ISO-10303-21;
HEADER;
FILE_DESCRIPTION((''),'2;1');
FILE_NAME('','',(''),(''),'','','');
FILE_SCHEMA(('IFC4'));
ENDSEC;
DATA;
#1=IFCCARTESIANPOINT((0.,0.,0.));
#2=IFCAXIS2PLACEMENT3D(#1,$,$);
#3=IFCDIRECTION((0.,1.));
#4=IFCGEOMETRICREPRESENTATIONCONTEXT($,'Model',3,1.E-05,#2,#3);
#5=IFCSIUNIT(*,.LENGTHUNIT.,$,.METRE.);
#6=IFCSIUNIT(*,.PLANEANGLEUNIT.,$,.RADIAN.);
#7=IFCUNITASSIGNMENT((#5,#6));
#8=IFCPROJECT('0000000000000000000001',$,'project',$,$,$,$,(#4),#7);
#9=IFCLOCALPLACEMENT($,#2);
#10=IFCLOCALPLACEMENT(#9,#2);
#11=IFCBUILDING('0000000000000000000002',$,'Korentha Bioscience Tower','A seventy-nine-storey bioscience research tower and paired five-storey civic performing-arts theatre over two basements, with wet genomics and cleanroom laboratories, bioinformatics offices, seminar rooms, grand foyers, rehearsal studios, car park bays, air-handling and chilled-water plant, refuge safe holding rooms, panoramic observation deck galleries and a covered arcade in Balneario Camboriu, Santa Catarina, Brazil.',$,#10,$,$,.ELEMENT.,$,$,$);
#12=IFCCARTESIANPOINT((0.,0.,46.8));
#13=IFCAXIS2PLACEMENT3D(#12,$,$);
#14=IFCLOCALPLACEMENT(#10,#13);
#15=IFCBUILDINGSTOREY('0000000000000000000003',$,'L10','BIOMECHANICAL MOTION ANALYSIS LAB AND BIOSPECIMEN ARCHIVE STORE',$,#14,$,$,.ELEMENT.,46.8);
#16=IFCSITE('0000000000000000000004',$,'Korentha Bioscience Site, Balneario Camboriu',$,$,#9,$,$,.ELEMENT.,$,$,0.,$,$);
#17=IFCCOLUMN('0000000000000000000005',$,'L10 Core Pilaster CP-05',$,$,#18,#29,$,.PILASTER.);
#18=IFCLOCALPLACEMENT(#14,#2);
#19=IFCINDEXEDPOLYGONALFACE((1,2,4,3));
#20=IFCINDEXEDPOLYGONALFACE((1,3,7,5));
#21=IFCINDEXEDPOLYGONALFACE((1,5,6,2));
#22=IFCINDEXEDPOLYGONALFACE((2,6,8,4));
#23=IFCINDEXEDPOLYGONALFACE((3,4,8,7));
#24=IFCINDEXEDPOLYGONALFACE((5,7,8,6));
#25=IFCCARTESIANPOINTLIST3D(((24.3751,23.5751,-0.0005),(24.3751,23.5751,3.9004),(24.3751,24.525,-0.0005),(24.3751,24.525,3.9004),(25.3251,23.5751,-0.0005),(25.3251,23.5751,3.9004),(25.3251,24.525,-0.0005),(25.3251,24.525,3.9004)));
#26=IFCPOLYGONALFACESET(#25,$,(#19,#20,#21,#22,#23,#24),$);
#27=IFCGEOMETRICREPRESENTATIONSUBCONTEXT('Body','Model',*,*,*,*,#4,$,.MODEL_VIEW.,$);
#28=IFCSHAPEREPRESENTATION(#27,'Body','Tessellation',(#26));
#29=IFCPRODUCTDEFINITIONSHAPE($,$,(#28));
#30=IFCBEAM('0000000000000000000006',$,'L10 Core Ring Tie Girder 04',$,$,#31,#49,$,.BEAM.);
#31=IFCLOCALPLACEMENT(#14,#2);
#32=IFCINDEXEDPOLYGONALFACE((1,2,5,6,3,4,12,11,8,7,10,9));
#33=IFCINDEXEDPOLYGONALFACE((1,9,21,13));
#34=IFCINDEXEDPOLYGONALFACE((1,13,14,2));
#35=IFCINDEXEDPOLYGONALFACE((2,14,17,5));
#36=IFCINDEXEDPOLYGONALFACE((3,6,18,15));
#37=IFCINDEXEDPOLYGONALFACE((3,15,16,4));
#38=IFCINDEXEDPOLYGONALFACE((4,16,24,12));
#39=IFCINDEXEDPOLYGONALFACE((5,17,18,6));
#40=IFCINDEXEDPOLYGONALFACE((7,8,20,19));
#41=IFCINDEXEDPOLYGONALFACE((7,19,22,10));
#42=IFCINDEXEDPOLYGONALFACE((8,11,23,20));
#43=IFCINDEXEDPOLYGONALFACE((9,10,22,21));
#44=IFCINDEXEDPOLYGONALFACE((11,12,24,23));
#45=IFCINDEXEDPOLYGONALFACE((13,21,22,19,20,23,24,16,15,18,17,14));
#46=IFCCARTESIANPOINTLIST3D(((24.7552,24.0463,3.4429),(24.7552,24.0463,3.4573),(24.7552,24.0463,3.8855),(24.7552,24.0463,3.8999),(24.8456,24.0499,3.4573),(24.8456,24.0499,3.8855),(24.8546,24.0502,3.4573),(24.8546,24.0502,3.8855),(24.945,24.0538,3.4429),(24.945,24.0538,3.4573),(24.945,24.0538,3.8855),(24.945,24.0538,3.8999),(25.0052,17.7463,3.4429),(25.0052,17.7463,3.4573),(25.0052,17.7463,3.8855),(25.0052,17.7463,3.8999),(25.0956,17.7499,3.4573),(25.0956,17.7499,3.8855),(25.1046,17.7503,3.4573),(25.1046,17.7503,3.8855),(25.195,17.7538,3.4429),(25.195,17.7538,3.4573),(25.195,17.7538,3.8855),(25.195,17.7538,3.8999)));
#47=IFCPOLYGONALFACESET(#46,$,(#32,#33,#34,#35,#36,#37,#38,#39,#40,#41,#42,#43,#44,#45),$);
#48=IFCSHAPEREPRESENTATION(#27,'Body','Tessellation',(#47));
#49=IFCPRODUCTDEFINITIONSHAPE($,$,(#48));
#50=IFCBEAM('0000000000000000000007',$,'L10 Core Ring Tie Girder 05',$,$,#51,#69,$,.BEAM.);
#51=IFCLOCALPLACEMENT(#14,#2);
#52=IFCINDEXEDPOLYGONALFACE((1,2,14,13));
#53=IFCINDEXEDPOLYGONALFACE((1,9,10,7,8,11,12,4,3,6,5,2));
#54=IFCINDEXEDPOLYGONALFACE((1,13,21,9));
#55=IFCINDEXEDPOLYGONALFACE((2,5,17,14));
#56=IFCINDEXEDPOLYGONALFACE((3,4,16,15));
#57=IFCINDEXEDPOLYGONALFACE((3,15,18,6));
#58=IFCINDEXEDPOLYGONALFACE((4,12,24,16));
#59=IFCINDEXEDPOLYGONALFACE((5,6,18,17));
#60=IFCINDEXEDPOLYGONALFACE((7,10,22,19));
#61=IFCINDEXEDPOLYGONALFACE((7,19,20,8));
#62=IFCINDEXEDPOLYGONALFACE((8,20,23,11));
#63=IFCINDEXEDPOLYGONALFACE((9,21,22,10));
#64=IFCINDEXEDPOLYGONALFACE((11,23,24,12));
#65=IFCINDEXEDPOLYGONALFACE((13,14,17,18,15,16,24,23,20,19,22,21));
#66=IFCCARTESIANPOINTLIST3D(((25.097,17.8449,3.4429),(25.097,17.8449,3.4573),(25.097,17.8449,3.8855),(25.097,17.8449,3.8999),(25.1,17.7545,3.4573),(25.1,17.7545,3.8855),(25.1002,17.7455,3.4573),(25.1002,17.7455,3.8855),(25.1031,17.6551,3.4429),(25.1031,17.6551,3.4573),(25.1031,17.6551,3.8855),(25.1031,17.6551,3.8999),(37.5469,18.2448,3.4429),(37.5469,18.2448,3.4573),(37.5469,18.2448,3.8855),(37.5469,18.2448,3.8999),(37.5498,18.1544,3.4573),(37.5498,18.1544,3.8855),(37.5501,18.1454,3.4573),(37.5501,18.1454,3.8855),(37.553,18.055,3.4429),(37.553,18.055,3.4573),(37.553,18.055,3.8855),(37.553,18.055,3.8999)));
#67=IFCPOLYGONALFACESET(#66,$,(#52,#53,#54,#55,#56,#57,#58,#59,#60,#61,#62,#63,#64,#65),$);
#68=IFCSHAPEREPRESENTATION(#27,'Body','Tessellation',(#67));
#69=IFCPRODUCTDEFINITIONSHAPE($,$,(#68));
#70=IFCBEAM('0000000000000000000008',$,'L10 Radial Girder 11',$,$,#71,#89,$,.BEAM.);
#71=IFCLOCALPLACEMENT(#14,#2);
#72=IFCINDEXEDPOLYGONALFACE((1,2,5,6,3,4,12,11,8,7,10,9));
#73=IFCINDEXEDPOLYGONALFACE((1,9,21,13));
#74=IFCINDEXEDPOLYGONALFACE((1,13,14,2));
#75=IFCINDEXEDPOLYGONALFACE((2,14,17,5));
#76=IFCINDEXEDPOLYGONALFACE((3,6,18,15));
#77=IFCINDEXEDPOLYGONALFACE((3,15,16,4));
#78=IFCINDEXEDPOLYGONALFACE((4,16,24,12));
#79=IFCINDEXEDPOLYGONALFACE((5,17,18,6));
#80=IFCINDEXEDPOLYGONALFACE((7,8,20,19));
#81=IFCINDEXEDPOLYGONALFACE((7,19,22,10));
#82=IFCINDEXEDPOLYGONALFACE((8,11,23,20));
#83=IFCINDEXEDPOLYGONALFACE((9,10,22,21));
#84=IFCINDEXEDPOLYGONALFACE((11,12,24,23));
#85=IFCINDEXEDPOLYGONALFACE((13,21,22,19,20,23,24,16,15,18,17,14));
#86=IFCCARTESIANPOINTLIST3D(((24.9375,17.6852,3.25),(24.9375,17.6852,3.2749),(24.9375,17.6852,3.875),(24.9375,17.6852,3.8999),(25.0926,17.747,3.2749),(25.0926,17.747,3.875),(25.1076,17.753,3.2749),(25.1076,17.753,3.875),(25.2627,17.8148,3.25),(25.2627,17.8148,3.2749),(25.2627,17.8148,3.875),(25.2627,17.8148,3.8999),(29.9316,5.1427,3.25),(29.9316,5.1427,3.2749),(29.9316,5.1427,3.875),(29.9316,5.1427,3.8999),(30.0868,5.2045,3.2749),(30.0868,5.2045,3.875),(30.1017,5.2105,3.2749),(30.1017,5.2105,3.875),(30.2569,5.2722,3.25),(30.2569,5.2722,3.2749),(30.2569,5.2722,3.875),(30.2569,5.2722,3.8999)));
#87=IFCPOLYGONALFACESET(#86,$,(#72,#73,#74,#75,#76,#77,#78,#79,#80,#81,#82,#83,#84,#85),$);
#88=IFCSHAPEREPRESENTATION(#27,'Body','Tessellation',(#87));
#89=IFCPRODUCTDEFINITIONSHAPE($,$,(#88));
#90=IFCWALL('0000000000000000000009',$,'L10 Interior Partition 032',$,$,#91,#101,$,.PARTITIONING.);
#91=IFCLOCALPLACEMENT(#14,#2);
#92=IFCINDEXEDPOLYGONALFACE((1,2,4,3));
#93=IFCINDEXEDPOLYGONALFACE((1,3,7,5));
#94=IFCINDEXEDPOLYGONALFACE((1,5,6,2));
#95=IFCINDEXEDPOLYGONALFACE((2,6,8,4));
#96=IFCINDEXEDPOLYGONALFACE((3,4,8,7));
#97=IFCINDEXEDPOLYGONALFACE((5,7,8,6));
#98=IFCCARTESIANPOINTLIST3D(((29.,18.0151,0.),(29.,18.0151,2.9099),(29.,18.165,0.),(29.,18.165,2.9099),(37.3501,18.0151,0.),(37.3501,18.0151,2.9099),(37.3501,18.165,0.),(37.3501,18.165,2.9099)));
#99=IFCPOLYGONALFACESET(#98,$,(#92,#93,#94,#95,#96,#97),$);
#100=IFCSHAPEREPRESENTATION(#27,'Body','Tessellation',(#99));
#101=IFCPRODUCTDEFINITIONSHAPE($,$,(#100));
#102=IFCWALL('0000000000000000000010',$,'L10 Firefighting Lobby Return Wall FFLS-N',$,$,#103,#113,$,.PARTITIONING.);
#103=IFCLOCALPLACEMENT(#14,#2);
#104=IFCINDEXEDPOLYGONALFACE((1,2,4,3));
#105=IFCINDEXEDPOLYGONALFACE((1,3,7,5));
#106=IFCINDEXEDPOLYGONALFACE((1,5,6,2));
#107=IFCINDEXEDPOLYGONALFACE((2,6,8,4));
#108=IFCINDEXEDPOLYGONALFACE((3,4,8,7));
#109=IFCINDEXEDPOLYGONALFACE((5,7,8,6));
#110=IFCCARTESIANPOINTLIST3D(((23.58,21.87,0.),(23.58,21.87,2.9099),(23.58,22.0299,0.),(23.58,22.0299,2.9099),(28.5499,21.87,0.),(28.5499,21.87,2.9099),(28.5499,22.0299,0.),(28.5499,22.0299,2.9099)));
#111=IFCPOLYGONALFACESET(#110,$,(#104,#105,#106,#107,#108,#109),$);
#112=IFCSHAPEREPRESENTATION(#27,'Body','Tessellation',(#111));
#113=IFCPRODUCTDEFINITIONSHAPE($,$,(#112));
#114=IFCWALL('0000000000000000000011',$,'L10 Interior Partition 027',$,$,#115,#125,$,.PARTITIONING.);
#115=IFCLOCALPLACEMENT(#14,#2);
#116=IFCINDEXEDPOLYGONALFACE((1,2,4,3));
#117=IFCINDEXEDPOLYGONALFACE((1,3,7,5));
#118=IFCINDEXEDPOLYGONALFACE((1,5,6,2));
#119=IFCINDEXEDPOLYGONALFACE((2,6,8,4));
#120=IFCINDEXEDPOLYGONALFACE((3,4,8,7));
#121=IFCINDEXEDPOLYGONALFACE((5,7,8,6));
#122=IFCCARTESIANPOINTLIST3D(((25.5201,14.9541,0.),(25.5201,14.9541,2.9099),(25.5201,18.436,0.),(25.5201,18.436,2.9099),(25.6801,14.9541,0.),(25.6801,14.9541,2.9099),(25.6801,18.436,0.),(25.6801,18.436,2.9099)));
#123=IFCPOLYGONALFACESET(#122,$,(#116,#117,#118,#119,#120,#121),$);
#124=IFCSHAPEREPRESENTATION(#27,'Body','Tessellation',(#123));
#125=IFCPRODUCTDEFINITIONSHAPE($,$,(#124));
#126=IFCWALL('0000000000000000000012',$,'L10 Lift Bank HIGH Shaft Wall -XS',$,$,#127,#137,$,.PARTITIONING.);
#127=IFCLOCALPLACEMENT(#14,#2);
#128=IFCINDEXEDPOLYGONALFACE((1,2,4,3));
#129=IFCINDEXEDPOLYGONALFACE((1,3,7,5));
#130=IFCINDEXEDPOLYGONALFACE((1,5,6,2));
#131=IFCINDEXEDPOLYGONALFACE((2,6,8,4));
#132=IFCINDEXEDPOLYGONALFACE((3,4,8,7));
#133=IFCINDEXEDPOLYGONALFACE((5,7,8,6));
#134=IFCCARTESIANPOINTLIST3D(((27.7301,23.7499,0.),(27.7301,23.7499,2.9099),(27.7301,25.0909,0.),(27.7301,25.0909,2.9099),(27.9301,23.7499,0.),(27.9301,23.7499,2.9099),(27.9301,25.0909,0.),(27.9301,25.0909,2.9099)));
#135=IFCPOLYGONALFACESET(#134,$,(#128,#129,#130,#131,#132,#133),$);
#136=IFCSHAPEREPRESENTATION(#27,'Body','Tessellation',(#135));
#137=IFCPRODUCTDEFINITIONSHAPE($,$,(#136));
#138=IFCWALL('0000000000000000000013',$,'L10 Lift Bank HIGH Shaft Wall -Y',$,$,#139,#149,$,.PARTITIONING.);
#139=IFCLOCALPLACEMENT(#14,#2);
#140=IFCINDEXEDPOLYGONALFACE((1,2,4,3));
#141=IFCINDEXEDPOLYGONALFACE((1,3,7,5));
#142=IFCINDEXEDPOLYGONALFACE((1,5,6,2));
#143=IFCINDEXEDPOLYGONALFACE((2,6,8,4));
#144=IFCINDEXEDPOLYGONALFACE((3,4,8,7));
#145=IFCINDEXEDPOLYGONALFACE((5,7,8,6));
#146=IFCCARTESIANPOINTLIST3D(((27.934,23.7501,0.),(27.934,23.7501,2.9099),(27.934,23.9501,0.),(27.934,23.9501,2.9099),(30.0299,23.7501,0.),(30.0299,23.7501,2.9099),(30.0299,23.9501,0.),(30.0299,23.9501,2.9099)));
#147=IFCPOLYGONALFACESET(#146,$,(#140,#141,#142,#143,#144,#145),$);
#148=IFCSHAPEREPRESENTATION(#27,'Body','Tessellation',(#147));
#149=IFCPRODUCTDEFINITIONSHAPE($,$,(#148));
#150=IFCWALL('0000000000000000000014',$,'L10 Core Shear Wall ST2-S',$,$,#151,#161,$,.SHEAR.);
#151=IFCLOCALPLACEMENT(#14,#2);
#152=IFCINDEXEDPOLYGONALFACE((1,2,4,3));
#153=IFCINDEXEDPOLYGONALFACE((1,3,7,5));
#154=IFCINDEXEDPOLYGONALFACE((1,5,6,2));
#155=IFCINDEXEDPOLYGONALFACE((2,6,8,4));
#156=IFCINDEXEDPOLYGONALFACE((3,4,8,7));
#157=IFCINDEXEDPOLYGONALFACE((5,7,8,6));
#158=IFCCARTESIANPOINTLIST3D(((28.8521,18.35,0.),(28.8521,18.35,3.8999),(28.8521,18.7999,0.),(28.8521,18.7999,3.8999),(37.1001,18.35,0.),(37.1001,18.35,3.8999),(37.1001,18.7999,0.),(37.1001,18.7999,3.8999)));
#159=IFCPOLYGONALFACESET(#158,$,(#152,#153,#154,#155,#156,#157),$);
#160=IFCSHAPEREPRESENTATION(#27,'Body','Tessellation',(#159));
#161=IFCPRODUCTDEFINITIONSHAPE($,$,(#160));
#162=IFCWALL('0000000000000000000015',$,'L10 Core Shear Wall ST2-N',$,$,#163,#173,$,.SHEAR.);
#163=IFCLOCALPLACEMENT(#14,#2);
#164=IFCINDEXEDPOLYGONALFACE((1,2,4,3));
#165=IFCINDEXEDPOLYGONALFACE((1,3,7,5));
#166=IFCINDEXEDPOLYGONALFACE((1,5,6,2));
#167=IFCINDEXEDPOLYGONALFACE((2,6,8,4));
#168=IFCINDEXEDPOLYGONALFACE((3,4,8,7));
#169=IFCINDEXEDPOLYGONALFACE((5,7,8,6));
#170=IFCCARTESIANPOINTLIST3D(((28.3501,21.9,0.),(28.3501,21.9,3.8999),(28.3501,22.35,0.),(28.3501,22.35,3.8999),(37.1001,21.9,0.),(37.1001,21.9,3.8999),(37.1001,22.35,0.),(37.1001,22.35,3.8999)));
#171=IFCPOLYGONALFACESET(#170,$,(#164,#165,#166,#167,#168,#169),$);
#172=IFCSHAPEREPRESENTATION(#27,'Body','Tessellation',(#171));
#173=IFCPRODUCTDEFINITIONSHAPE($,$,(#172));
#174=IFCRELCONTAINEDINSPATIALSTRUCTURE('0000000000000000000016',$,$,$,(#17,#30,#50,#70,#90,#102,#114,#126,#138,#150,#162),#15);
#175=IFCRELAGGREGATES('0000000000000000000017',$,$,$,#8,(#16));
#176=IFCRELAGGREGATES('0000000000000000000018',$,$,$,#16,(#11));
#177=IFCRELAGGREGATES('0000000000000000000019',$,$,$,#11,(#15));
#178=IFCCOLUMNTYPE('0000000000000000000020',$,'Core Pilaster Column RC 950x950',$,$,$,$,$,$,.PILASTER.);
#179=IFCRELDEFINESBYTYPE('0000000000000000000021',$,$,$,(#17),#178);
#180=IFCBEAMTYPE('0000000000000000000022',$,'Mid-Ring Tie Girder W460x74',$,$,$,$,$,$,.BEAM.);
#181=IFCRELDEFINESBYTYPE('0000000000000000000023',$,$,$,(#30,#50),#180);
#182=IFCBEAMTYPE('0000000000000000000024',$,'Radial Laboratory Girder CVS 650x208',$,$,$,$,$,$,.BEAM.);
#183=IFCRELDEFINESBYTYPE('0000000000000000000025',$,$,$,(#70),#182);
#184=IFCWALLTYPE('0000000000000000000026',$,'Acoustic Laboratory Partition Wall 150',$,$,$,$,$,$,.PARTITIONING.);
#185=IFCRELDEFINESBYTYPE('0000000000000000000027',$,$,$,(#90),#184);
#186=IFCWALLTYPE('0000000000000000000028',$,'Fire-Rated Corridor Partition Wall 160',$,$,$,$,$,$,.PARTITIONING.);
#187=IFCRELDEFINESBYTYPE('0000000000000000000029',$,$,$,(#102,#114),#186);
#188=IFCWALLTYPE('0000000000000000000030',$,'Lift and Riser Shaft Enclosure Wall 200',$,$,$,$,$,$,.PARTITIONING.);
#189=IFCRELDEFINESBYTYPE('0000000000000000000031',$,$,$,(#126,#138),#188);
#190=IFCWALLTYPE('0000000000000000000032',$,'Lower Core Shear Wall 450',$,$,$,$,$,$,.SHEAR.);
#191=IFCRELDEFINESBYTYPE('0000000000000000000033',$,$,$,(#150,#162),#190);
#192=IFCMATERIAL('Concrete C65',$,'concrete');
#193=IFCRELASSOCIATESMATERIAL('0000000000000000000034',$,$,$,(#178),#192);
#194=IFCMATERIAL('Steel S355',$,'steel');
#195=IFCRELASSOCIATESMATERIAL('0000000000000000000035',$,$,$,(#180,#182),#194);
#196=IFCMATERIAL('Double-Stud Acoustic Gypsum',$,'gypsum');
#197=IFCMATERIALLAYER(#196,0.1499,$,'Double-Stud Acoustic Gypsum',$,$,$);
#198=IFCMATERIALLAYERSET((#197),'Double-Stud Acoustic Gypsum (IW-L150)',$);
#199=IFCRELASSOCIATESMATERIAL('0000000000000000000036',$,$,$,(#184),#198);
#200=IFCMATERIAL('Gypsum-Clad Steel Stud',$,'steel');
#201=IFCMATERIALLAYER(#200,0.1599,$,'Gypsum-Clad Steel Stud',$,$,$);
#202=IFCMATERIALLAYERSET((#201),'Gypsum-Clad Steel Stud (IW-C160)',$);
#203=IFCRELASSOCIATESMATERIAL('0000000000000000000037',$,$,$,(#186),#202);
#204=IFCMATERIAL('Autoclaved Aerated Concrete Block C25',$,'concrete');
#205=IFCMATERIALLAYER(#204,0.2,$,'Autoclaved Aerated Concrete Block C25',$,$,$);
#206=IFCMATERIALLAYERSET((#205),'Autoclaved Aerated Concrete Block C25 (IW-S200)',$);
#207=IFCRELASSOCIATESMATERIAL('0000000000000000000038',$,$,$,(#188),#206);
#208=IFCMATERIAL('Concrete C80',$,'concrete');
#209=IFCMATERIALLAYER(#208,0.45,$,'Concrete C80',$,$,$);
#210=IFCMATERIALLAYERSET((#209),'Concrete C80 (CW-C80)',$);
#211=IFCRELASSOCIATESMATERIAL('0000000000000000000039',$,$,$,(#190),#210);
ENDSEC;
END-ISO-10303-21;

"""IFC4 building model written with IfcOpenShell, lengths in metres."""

from ifc_helpers import new_model, si_unit, direction, frame, frame_2d, origin, origin_2d, place, context, subcontext, project, spatial, rectangle, i_section, extrude, material, layer, layer_set, material_profile, profile_set, type_object, element, save


model = new_model("IFC4")

# Units and contexts
model_context = context("Model", 3, precision=1e-05, world=origin(), true_north=direction((0.0, 1.0)))
body_context = subcontext(model_context, "Body", "Model", "MODEL_VIEW")
ifc_project = project(units=[si_unit("LENGTHUNIT", "METRE"), si_unit("PLANEANGLEUNIT", "RADIAN")], contexts=[model_context])

# Site, building, storey
site_placement = place(None, origin())
site = spatial("IfcSite", under=ifc_project, at=site_placement, Name="Korentha Bioscience Site, Balneario Camboriu", CompositionType="ELEMENT", RefElevation=0.0)
building_placement = place(site_placement, origin())
building = spatial("IfcBuilding", under=site, at=building_placement, Name="Korentha Bioscience Tower", Description="A seventy-nine-storey bioscience research tower and paired five-storey civic performing-arts theatre over two basements, with wet genomics and cleanroom laboratories, bioinformatics offices, seminar rooms, grand foyers, rehearsal studios, car park bays, air-handling and chilled-water plant, refuge safe holding rooms, panoramic observation deck galleries and a covered arcade in Balneario Camboriu, Santa Catarina, Brazil.", CompositionType="ELEMENT")
storey_placement = place(building_placement, frame((0.0, 0.0, 46.8)))
storey = spatial("IfcBuildingStorey", under=building, at=storey_placement, Name="L10", Description="BIOMECHANICAL MOTION ANALYSIS LAB AND BIOSPECIMEN ARCHIVE STORE", CompositionType="ELEMENT", Elevation=46.8)

# Column
ifc_material_1 = material(Name="Concrete C65", Category="concrete")
ifc_material_profile_1 = material_profile(ifc_material_1, rectangle(XDim=0.95, YDim=0.95, at=origin_2d()), Name="Concrete C65")
ifc_profile_set_1 = profile_set([ifc_material_profile_1], Name="Concrete C65 (COL-CP09)")
column_type = type_object("IfcColumnType", Name="Core Pilaster Column RC 950x950", PredefinedType="PILASTER", material=ifc_profile_set_1)
column_placement = place(storey_placement, frame((24.8501, 24.05, -0.0005), z_axis=(0.0, 0.0, 1.0), x_axis=(1.0, 0.0, 0.0)))
element("IfcColumn", 1, at=column_placement, inside=storey, type_object=column_type, Name="L10 Core Pilaster CP-05", PredefinedType="PILASTER", context=body_context, shape_type="SweptSolid", body=[
    extrude(rectangle(XDim=0.95, YDim=0.95, at=origin_2d()), origin(), (0.0, 0.0, 1.0), 3.9009),
])

# Beams
ifc_material_2 = material(Name="Steel S355", Category="steel")
ifc_material_profile_2 = material_profile(ifc_material_2, i_section(OverallWidth=0.1899, OverallDepth=0.457, WebThickness=0.009, FlangeThickness=0.0144, at=origin_2d()), Name="Steel S355")
ifc_profile_set_2 = profile_set([ifc_material_profile_2], Name="Steel S355 (MB-460)")
beam_type_1 = type_object("IfcBeamType", Name="Mid-Ring Tie Girder W460x74", PredefinedType="BEAM", material=ifc_profile_set_2)
beam_1_placement = place(storey_placement, frame((24.8501, 24.05, 3.6714), z_axis=(0.039651, -0.999214, 0.0), x_axis=(0.999214, 0.039651, 0.0)))
element("IfcBeam", 2, at=beam_1_placement, inside=storey, type_object=beam_type_1, Name="L10 Core Ring Tie Girder 04", PredefinedType="BEAM", context=body_context, shape_type="SweptSolid", body=[
    extrude(i_section(OverallWidth=0.1899, OverallDepth=0.457, WebThickness=0.009, FlangeThickness=0.0144, at=origin_2d()), origin(), (0.0, 0.0, 1.0), 6.3049),
])
beam_2_placement = place(storey_placement, frame((25.1001, 17.75, 3.6714), z_axis=(0.999485, 0.032104, 0.0), x_axis=(-0.032104, 0.999485, 0.0)))
element("IfcBeam", 3, at=beam_2_placement, inside=storey, type_object=beam_type_1, Name="L10 Core Ring Tie Girder 05", PredefinedType="BEAM", context=body_context, shape_type="SweptSolid", body=[
    extrude(i_section(OverallWidth=0.1899, OverallDepth=0.457, WebThickness=0.009, FlangeThickness=0.0144, at=origin_2d()), origin(), (0.0, 0.0, 1.0), 12.4563),
])
ifc_material_profile_3 = material_profile(ifc_material_2, i_section(OverallWidth=0.3501, OverallDepth=0.6499, WebThickness=0.0161, FlangeThickness=0.0249, at=origin_2d()), Name="Steel S355")
ifc_profile_set_3 = profile_set([ifc_material_profile_3], Name="Steel S355 (RB-650)")
beam_type_2 = type_object("IfcBeamType", Name="Radial Laboratory Girder CVS 650x208", PredefinedType="BEAM", material=ifc_profile_set_3)
beam_3_placement = place(storey_placement, frame((25.1001, 17.75, 3.575), z_axis=(0.369931, -0.929059, 0.0), x_axis=(0.929059, 0.369931, 0.0)))
element("IfcBeam", 4, at=beam_3_placement, inside=storey, type_object=beam_type_2, Name="L10 Radial Girder 11", PredefinedType="BEAM", context=body_context, shape_type="SweptSolid", body=[
    extrude(i_section(OverallWidth=0.3501, OverallDepth=0.6499, WebThickness=0.0161, FlangeThickness=0.0249, at=origin_2d()), origin(), (0.0, 0.0, 1.0), 13.5002),
])

# Walls
ifc_material_3 = material(Name="Double-Stud Acoustic Gypsum", Category="gypsum")
ifc_layer_1 = layer(ifc_material_3, 0.1499, Name="Double-Stud Acoustic Gypsum")
ifc_layer_set_1 = layer_set([ifc_layer_1], Name="Double-Stud Acoustic Gypsum (IW-L150)")
wall_type_1 = type_object("IfcWallType", Name="Acoustic Laboratory Partition Wall 150", PredefinedType="PARTITIONING", material=ifc_layer_set_1)
wall_1_placement = place(storey_placement, frame((29.0, 18.0901, 0.0), z_axis=(0.0, 0.0, 1.0), x_axis=(1.0, 0.0, 0.0)))
element("IfcWall", 5, at=wall_1_placement, inside=storey, type_object=wall_type_1, Name="L10 Interior Partition 032", PredefinedType="PARTITIONING", context=body_context, shape_type="SweptSolid", body=[
    extrude(rectangle(XDim=8.3501, YDim=0.1499, at=frame_2d((4.175, 0.0))), origin(), (0.0, 0.0, 1.0), 2.9099),
])
ifc_material_4 = material(Name="Gypsum-Clad Steel Stud", Category="steel")
ifc_layer_2 = layer(ifc_material_4, 0.1599, Name="Gypsum-Clad Steel Stud")
ifc_layer_set_2 = layer_set([ifc_layer_2], Name="Gypsum-Clad Steel Stud (IW-C160)")
wall_type_2 = type_object("IfcWallType", Name="Fire-Rated Corridor Partition Wall 160", PredefinedType="PARTITIONING", material=ifc_layer_set_2)
wall_2_placement = place(storey_placement, frame((23.5801, 21.95, 0.0), z_axis=(0.0, 0.0, 1.0), x_axis=(1.0, 0.0, 0.0)))
element("IfcWall", 6, at=wall_2_placement, inside=storey, type_object=wall_type_2, Name="L10 Firefighting Lobby Return Wall FFLS-N", PredefinedType="PARTITIONING", context=body_context, shape_type="SweptSolid", body=[
    extrude(rectangle(XDim=4.97, YDim=0.1599, at=frame_2d((2.4849, 0.0))), origin(), (0.0, 0.0, 1.0), 2.9099),
])
wall_3_placement = place(storey_placement, frame((25.6001, 18.436, 0.0), z_axis=(0.0, 0.0, 1.0), x_axis=(0.0, -1.0, 0.0)))
element("IfcWall", 7, at=wall_3_placement, inside=storey, type_object=wall_type_2, Name="L10 Interior Partition 027", PredefinedType="PARTITIONING", context=body_context, shape_type="SweptSolid", body=[
    extrude(rectangle(XDim=3.4819, YDim=0.1599, at=frame_2d((1.741, 0.0))), origin(), (0.0, 0.0, 1.0), 2.9099),
])
ifc_material_5 = material(Name="Autoclaved Aerated Concrete Block C25", Category="concrete")
ifc_layer_3 = layer(ifc_material_5, 0.2, Name="Autoclaved Aerated Concrete Block C25")
ifc_layer_set_3 = layer_set([ifc_layer_3], Name="Autoclaved Aerated Concrete Block C25 (IW-S200)")
wall_type_3 = type_object("IfcWallType", Name="Lift and Riser Shaft Enclosure Wall 200", PredefinedType="PARTITIONING", material=ifc_layer_set_3)
wall_4_placement = place(storey_placement, frame((27.8301, 23.75, 0.0), z_axis=(0.0, 0.0, 1.0), x_axis=(0.0, 1.0, 0.0)))
element("IfcWall", 8, at=wall_4_placement, inside=storey, type_object=wall_type_3, Name="L10 Lift Bank HIGH Shaft Wall -XS", PredefinedType="PARTITIONING", context=body_context, shape_type="SweptSolid", body=[
    extrude(rectangle(XDim=1.3411, YDim=0.2, at=frame_2d((0.6704, 0.0))), origin(), (0.0, 0.0, 1.0), 2.9099),
])
wall_5_placement = place(storey_placement, frame((27.9341, 23.8501, 0.0), z_axis=(0.0, 0.0, 1.0), x_axis=(1.0, 0.0, 0.0)))
element("IfcWall", 9, at=wall_5_placement, inside=storey, type_object=wall_type_3, Name="L10 Lift Bank HIGH Shaft Wall -Y", PredefinedType="PARTITIONING", context=body_context, shape_type="SweptSolid", body=[
    extrude(rectangle(XDim=2.0959, YDim=0.2, at=frame_2d((1.0479, 0.0))), origin(), (0.0, 0.0, 1.0), 2.9099),
])
ifc_material_6 = material(Name="Concrete C80", Category="concrete")
ifc_layer_4 = layer(ifc_material_6, 0.45, Name="Concrete C80")
ifc_layer_set_4 = layer_set([ifc_layer_4], Name="Concrete C80 (CW-C80)")
wall_type_4 = type_object("IfcWallType", Name="Lower Core Shear Wall 450", PredefinedType="SHEAR", material=ifc_layer_set_4)
wall_6_placement = place(storey_placement, frame((28.8521, 18.575, 0.0), z_axis=(0.0, 0.0, 1.0), x_axis=(1.0, 0.0, 0.0)))
element("IfcWall", 10, at=wall_6_placement, inside=storey, type_object=wall_type_4, Name="L10 Core Shear Wall ST2-S", PredefinedType="SHEAR", context=body_context, shape_type="SweptSolid", body=[
    extrude(rectangle(XDim=8.248, YDim=0.45, at=frame_2d((4.124, 0.0))), origin(), (0.0, 0.0, 1.0), 3.8999),
])
wall_7_placement = place(storey_placement, frame((28.3501, 22.125, 0.0), z_axis=(0.0, 0.0, 1.0), x_axis=(1.0, 0.0, 0.0)))
element("IfcWall", 11, at=wall_7_placement, inside=storey, type_object=wall_type_4, Name="L10 Core Shear Wall ST2-N", PredefinedType="SHEAR", context=body_context, shape_type="SweptSolid", body=[
    extrude(rectangle(XDim=8.75, YDim=0.45, at=frame_2d((4.375, 0.0))), origin(), (0.0, 0.0, 1.0), 3.8999),
])

save(model, "model.ifc")
